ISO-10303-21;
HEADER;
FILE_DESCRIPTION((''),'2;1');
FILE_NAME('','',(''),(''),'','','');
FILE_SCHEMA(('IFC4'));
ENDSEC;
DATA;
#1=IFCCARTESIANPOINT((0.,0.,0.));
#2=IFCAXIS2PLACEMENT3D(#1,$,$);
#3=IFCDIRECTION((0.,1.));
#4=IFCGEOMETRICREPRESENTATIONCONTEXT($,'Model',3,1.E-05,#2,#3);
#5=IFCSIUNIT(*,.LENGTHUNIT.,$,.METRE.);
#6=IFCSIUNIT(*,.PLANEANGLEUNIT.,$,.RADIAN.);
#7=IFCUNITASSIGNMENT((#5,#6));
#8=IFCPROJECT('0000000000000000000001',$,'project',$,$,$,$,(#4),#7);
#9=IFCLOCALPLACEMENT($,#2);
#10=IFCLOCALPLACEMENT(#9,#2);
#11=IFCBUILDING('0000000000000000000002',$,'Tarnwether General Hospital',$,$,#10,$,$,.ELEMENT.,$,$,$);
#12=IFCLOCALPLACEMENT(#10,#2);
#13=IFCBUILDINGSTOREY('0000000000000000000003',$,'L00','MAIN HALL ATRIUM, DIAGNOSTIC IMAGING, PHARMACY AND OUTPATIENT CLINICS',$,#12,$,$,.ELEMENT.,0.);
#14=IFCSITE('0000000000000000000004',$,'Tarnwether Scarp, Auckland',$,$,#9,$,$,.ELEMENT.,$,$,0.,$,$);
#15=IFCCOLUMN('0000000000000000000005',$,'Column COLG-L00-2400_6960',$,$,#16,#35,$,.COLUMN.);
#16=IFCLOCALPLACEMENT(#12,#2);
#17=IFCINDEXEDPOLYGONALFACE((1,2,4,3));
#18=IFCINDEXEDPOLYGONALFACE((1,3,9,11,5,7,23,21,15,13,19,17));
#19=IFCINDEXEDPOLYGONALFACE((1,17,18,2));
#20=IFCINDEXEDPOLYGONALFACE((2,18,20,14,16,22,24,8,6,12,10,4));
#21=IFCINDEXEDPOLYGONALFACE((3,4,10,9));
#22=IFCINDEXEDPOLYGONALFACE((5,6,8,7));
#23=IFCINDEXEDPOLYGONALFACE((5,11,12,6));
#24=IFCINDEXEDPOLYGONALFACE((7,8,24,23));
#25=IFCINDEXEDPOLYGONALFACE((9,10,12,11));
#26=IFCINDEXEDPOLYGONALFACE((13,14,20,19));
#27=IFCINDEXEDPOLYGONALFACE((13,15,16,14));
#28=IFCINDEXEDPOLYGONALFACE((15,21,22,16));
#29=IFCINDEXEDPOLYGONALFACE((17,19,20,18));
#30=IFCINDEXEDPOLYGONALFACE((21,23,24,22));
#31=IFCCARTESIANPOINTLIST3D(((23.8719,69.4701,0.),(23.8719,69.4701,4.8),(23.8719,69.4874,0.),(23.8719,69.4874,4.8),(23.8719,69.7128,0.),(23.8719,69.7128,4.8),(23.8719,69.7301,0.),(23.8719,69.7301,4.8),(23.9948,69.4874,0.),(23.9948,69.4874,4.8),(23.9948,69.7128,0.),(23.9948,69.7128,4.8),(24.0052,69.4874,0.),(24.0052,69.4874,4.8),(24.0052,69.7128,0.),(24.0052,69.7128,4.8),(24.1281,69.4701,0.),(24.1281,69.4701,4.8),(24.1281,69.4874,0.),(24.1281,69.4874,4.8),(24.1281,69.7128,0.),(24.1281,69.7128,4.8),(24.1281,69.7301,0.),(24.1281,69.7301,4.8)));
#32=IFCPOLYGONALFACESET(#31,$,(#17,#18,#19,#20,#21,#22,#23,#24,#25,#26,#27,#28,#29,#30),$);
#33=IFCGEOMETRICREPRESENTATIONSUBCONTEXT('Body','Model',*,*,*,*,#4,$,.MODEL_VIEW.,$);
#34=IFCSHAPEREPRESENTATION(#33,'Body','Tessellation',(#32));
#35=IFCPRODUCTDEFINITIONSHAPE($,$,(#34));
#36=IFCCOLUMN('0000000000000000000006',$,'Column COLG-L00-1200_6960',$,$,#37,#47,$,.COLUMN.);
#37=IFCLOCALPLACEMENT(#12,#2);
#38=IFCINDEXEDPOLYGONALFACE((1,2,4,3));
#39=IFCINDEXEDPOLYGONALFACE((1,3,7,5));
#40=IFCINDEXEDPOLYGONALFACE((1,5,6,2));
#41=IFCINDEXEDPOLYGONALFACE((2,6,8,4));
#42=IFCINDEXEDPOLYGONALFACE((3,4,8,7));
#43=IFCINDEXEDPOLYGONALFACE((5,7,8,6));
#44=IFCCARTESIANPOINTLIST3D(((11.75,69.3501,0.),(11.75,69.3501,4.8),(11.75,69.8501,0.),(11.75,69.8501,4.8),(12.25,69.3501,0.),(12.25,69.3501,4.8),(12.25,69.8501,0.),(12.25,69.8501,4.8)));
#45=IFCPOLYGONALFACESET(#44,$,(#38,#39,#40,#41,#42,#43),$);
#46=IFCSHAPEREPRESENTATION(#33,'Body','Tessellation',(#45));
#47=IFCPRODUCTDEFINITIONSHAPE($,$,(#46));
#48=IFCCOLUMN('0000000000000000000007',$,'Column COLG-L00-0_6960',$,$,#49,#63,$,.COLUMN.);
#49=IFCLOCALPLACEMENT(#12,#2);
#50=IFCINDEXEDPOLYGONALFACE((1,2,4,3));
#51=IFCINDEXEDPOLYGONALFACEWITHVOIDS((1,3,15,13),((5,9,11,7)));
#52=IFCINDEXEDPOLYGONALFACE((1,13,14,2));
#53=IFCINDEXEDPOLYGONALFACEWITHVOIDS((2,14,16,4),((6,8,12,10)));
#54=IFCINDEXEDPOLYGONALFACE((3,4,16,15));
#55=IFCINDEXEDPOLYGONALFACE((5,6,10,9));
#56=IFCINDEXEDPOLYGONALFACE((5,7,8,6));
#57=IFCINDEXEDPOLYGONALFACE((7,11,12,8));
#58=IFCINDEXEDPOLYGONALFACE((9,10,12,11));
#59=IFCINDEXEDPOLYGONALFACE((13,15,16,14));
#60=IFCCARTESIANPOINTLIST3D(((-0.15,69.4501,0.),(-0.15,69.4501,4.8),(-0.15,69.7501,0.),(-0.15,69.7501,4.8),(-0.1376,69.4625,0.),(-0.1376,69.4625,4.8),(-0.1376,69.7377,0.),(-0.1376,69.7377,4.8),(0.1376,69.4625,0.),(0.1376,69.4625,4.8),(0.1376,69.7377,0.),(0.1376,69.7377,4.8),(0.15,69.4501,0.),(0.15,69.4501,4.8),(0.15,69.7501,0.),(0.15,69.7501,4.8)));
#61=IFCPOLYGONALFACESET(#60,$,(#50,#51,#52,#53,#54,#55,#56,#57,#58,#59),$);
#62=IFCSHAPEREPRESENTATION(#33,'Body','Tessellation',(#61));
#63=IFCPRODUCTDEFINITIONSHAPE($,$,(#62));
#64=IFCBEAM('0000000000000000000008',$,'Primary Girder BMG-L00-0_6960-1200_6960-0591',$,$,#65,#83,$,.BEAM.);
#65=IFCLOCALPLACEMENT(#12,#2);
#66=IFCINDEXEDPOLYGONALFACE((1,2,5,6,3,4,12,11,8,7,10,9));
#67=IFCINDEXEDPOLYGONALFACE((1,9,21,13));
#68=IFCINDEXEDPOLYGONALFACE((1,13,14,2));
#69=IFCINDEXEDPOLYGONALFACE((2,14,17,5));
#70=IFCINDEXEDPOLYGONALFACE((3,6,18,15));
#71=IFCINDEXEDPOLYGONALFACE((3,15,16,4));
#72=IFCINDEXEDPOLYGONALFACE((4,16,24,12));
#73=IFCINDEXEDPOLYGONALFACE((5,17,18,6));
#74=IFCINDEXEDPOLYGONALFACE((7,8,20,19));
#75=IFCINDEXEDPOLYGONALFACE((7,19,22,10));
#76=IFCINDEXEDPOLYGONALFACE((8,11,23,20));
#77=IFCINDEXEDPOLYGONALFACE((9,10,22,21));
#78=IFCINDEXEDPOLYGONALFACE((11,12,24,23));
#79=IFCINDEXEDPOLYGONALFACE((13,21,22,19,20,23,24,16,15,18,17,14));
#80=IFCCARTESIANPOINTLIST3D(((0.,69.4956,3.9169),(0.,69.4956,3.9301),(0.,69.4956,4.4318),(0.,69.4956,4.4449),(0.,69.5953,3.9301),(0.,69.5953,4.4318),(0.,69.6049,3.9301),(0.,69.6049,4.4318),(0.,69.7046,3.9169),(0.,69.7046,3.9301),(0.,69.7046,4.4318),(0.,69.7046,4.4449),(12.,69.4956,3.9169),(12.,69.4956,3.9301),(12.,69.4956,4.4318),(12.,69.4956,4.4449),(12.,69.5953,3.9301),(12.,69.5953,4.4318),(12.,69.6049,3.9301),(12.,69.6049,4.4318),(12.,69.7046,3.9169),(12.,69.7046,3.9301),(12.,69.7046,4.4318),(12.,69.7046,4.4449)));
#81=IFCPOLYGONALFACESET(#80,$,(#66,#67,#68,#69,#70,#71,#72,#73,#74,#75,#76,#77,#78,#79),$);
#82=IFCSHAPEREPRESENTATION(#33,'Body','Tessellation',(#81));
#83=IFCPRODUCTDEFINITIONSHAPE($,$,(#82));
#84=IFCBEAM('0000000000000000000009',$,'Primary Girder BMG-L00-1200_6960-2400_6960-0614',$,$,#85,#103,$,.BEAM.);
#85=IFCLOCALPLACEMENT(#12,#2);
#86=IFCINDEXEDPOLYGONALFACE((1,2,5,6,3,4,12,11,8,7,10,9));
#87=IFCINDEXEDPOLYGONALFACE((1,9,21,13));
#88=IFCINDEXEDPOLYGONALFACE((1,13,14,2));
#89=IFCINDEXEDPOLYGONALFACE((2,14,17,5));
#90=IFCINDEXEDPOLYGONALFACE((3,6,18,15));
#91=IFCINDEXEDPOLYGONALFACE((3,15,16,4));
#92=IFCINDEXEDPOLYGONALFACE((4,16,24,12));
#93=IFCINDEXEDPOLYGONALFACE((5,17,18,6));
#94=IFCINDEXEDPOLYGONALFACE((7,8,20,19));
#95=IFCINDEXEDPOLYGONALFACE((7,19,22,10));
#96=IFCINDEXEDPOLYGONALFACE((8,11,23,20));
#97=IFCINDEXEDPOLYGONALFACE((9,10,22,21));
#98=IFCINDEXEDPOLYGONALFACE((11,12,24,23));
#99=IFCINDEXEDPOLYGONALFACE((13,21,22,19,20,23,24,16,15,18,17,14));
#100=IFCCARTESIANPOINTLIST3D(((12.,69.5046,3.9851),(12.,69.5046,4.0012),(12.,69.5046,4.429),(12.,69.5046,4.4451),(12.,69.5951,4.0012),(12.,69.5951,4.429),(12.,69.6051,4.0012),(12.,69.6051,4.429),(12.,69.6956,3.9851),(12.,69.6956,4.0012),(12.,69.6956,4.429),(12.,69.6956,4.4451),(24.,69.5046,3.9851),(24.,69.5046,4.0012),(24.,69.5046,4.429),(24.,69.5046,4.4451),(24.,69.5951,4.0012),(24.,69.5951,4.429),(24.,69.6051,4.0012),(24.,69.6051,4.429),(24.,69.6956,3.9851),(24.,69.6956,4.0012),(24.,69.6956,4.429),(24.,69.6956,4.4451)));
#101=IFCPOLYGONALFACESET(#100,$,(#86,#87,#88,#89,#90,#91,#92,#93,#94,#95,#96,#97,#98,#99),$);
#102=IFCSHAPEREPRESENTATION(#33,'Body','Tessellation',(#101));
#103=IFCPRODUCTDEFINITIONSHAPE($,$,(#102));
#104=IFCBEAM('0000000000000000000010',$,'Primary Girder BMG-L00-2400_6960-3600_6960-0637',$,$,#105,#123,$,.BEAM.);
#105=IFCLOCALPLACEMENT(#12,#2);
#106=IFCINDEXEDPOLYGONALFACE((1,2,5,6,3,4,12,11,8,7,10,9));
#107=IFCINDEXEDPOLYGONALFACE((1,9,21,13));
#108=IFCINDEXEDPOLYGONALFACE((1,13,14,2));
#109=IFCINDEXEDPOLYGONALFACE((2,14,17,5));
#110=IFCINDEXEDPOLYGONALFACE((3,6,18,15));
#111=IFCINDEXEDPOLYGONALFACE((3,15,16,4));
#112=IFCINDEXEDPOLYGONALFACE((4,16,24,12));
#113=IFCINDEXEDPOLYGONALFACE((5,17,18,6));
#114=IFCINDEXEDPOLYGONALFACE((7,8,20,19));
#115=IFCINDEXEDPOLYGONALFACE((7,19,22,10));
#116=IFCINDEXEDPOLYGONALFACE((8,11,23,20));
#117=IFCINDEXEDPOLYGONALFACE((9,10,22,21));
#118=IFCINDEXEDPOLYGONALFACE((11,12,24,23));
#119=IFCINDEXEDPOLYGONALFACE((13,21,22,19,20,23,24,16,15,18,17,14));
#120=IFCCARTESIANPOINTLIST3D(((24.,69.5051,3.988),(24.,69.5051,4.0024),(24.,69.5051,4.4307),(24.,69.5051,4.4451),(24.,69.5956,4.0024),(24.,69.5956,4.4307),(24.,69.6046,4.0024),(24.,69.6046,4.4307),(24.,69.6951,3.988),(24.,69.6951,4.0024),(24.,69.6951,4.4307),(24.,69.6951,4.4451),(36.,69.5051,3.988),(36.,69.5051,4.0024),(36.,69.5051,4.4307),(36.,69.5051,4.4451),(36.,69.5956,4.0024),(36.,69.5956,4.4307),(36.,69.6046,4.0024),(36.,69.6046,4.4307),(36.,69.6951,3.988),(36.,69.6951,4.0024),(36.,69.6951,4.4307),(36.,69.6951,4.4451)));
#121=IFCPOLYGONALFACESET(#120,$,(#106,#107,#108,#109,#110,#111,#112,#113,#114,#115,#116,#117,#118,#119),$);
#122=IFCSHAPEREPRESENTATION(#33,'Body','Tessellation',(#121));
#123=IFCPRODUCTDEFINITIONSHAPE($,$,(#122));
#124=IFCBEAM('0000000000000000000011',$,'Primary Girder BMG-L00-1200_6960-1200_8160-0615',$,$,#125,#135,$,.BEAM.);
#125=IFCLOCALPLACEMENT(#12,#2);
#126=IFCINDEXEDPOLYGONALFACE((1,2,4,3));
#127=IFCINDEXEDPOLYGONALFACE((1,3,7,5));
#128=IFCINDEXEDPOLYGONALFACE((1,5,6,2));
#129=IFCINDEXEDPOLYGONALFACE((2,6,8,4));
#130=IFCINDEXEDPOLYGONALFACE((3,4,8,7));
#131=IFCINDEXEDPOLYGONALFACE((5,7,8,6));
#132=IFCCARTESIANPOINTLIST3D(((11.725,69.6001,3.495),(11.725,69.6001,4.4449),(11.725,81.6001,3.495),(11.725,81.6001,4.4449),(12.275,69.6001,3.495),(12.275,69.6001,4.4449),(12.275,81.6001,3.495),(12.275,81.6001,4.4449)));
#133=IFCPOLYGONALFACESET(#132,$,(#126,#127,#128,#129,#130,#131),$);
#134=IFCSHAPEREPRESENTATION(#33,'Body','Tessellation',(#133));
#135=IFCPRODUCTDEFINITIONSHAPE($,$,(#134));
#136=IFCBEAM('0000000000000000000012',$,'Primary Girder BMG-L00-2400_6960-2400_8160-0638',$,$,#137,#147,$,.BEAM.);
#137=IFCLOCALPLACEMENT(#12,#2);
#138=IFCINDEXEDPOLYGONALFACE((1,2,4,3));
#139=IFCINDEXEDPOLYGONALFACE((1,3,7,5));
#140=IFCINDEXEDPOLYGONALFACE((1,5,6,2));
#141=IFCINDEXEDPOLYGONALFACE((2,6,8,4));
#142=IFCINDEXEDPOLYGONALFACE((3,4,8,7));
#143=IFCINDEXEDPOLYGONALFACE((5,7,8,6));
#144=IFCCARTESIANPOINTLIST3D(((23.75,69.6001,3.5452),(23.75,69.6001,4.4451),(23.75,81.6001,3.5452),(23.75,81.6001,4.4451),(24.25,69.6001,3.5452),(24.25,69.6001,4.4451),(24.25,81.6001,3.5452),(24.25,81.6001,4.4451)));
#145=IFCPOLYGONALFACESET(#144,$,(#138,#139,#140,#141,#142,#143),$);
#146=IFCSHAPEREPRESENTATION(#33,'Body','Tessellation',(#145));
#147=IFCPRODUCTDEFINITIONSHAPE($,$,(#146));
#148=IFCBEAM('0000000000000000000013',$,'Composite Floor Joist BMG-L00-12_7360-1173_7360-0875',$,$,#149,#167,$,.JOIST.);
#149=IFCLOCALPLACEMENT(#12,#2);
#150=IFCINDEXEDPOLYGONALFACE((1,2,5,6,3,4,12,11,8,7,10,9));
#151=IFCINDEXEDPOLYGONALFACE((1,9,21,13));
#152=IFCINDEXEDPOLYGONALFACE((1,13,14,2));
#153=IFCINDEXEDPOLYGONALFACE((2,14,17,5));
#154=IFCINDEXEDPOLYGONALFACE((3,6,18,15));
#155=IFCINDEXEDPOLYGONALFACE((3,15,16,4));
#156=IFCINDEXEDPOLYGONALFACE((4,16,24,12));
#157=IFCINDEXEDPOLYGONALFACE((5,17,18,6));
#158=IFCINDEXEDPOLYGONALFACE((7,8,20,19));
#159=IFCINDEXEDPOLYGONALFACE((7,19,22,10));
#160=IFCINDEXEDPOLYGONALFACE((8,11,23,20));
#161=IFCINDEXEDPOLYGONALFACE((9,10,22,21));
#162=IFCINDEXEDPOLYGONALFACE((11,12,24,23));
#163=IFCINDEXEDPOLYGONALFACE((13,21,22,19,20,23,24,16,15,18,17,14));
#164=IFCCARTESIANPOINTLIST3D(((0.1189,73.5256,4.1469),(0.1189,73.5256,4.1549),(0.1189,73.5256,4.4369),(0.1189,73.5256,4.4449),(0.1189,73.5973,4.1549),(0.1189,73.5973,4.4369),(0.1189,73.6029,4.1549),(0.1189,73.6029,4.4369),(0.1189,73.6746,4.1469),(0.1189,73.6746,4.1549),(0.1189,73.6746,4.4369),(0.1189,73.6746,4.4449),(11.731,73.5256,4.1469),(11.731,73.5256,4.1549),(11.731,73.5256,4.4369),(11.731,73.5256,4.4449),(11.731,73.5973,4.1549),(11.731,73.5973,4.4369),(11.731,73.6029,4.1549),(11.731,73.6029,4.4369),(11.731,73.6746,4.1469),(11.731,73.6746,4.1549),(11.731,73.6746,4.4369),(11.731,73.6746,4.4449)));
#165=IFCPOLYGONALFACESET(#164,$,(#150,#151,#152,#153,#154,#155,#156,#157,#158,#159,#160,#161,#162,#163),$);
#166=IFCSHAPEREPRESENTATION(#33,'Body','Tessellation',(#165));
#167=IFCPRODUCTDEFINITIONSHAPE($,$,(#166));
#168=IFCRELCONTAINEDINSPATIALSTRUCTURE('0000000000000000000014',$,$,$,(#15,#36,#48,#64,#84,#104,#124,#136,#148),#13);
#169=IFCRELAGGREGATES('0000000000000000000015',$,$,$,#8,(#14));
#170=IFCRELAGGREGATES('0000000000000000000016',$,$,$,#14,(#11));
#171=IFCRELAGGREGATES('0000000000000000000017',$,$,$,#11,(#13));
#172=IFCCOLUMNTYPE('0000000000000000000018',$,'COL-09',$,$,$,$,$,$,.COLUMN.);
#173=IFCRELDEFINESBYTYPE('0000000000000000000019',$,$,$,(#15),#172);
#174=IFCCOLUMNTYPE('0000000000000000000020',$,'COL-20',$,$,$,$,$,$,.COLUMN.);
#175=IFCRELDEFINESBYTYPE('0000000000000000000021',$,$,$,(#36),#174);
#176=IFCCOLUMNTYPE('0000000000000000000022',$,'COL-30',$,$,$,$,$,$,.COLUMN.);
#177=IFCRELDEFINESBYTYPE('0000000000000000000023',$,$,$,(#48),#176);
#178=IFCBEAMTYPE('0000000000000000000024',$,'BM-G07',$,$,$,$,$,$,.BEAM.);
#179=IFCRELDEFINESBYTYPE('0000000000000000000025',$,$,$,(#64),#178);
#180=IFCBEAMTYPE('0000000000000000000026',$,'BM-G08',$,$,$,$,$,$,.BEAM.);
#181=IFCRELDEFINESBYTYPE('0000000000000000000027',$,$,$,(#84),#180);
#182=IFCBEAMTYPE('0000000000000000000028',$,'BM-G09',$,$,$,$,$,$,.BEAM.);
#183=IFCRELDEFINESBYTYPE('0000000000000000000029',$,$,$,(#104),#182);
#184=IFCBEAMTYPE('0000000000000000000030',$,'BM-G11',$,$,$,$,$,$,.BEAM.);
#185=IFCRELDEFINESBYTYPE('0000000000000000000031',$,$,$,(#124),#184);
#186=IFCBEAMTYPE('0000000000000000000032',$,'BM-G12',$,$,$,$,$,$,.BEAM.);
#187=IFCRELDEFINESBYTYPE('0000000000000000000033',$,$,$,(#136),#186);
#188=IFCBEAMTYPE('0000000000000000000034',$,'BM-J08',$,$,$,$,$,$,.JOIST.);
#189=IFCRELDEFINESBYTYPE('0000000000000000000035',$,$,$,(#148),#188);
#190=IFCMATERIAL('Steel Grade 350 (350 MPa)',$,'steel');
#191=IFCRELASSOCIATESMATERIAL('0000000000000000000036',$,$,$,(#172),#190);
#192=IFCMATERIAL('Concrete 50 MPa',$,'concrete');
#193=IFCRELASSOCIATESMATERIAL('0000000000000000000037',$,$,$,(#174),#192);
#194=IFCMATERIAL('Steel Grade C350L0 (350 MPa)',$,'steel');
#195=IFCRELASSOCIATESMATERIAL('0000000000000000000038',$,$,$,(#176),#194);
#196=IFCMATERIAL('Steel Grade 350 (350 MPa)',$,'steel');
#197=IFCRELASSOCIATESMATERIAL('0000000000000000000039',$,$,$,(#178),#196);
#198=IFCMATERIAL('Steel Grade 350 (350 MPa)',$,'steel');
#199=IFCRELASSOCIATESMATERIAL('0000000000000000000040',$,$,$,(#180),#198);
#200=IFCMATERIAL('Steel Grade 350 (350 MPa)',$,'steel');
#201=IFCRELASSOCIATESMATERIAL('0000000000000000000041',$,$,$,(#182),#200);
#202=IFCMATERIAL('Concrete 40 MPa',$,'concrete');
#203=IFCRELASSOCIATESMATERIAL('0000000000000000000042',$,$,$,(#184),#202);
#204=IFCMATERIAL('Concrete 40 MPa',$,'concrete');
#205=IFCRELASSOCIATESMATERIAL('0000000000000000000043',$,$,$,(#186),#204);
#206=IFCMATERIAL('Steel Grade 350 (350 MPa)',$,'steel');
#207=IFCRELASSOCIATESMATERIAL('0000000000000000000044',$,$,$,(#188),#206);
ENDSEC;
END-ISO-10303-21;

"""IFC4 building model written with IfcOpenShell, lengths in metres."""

from ifc_helpers import new_model, si_unit, direction, frame, origin, origin_2d, place, context, subcontext, project, spatial, rectangle, hollow_rectangle, i_section, extrude, material, material_profile, profile_set, type_object, element, save


model = new_model("IFC4")

# Units and contexts
model_context = context("Model", 3, precision=1e-05, world=origin(), true_north=direction((0.0, 1.0)))
body_context = subcontext(model_context, "Body", "Model", "MODEL_VIEW")
ifc_project = project(units=[si_unit("LENGTHUNIT", "METRE"), si_unit("PLANEANGLEUNIT", "RADIAN")], contexts=[model_context])

# Site, building, storey
site_placement = place(None, origin())
site = spatial("IfcSite", under=ifc_project, at=site_placement, Name="Tarnwether Scarp, Auckland", CompositionType="ELEMENT", RefElevation=0.0)
building_placement = place(site_placement, origin())
building = spatial("IfcBuilding", under=site, at=building_placement, Name="Tarnwether General Hospital", CompositionType="ELEMENT")
storey_placement = place(building_placement, origin())
storey = spatial("IfcBuildingStorey", under=building, at=storey_placement, Name="L00", Description="MAIN HALL ATRIUM, DIAGNOSTIC IMAGING, PHARMACY AND OUTPATIENT CLINICS", CompositionType="ELEMENT", Elevation=0.0)

# Columns
ifc_material_1 = material(Name="Steel Grade 350 (350 MPa)", Category="steel")
ifc_material_profile_1 = material_profile(ifc_material_1, i_section(OverallWidth=0.2561, OverallDepth=0.26, WebThickness=0.0105, FlangeThickness=0.0173, at=origin_2d()), Name="250UC89.5")
ifc_profile_set_1 = profile_set([ifc_material_profile_1], Name="Steel Grade 350 (350 MPa)")
column_type_1 = type_object("IfcColumnType", Name="COL-09", PredefinedType="COLUMN", material=ifc_profile_set_1)
column_1_placement = place(storey_placement, frame((24.0, 69.6001, 0.0), z_axis=(0.0, 0.0, 1.0), x_axis=(1.0, 0.0, 0.0)))
element("IfcColumn", 1, at=column_1_placement, inside=storey, type_object=column_type_1, Name="Column COLG-L00-2400_6960", PredefinedType="COLUMN", context=body_context, shape_type="SweptSolid", body=[
    extrude(i_section(OverallWidth=0.2561, OverallDepth=0.26, WebThickness=0.0105, FlangeThickness=0.0173, at=origin_2d()), origin(), (0.0, 0.0, 1.0), 4.8),
])
ifc_material_2 = material(Name="Concrete 50 MPa", Category="concrete")
ifc_material_profile_2 = material_profile(ifc_material_2, rectangle(XDim=0.5, YDim=0.5, at=origin_2d()), Name="RC-COL-500x500")
ifc_profile_set_2 = profile_set([ifc_material_profile_2], Name="Concrete 50 MPa")
column_type_2 = type_object("IfcColumnType", Name="COL-20", PredefinedType="COLUMN", material=ifc_profile_set_2)
column_2_placement = place(storey_placement, frame((12.0, 69.6001, 0.0), z_axis=(0.0, 0.0, 1.0), x_axis=(0.0, 1.0, 0.0)))
element("IfcColumn", 2, at=column_2_placement, inside=storey, type_object=column_type_2, Name="Column COLG-L00-1200_6960", PredefinedType="COLUMN", context=body_context, shape_type="SweptSolid", body=[
    extrude(rectangle(XDim=0.5, YDim=0.5, at=origin_2d()), origin(), (0.0, 0.0, 1.0), 4.8),
])
ifc_material_3 = material(Name="Steel Grade C350L0 (350 MPa)", Category="steel")
ifc_material_profile_3 = material_profile(ifc_material_3, hollow_rectangle(XDim=0.3, YDim=0.3, WallThickness=0.0125, at=origin_2d()), Name="SHS300x300x12.5")
ifc_profile_set_3 = profile_set([ifc_material_profile_3], Name="Steel Grade C350L0 (350 MPa)")
column_type_3 = type_object("IfcColumnType", Name="COL-30", PredefinedType="COLUMN", material=ifc_profile_set_3)
column_3_placement = place(storey_placement, frame((0.0, 69.6001, 0.0), z_axis=(0.0, 0.0, 1.0), x_axis=(1.0, 0.0, 0.0)))
element("IfcColumn", 3, at=column_3_placement, inside=storey, type_object=column_type_3, Name="Column COLG-L00-0_6960", PredefinedType="COLUMN", context=body_context, shape_type="SweptSolid", body=[
    extrude(hollow_rectangle(XDim=0.3, YDim=0.3, WallThickness=0.0125, at=origin_2d()), origin(), (0.0, 0.0, 1.0), 4.8),
])

# Beams
ifc_material_4 = material(Name="Steel Grade 350 (350 MPa)", Category="steel")
ifc_material_profile_4 = material_profile(ifc_material_4, i_section(OverallWidth=0.209, OverallDepth=0.5281, WebThickness=0.0095, FlangeThickness=0.0132, at=origin_2d()), Name="530UB82.0")
ifc_profile_set_4 = profile_set([ifc_material_profile_4], Name="Steel Grade 350 (350 MPa)")
beam_type_1 = type_object("IfcBeamType", Name="BM-G07", PredefinedType="BEAM", material=ifc_profile_set_4)
beam_1_placement = place(storey_placement, frame((0.0, 69.6001, 4.1809), z_axis=(1.0, 0.0, 0.0), x_axis=(0.0, 1.0, 0.0)))
element("IfcBeam", 4, at=beam_1_placement, inside=storey, type_object=beam_type_1, Name="Primary Girder BMG-L00-0_6960-1200_6960-0591", PredefinedType="BEAM", context=body_context, shape_type="SweptSolid", body=[
    extrude(i_section(OverallWidth=0.209, OverallDepth=0.5281, WebThickness=0.0095, FlangeThickness=0.0132, at=origin_2d()), origin(), (0.0, 0.0, 1.0), 12.0),
])
ifc_material_5 = material(Name="Steel Grade 350 (350 MPa)", Category="steel")
ifc_material_profile_5 = material_profile(ifc_material_5, i_section(OverallWidth=0.1909, OverallDepth=0.46, WebThickness=0.01, FlangeThickness=0.0161, at=origin_2d()), Name="460UB82.1")
ifc_profile_set_5 = profile_set([ifc_material_profile_5], Name="Steel Grade 350 (350 MPa)")
beam_type_2 = type_object("IfcBeamType", Name="BM-G08", PredefinedType="BEAM", material=ifc_profile_set_5)
beam_2_placement = place(storey_placement, frame((12.0, 69.6001, 4.2151), z_axis=(1.0, 0.0, 0.0), x_axis=(0.0, 1.0, 0.0)))
element("IfcBeam", 5, at=beam_2_placement, inside=storey, type_object=beam_type_2, Name="Primary Girder BMG-L00-1200_6960-2400_6960-0614", PredefinedType="BEAM", context=body_context, shape_type="SweptSolid", body=[
    extrude(i_section(OverallWidth=0.1909, OverallDepth=0.46, WebThickness=0.01, FlangeThickness=0.0161, at=origin_2d()), origin(), (0.0, 0.0, 1.0), 12.0),
])
ifc_material_6 = material(Name="Steel Grade 350 (350 MPa)", Category="steel")
ifc_material_profile_6 = material_profile(ifc_material_6, i_section(OverallWidth=0.1899, OverallDepth=0.457, WebThickness=0.009, FlangeThickness=0.0144, at=origin_2d()), Name="460UB74.6")
ifc_profile_set_6 = profile_set([ifc_material_profile_6], Name="Steel Grade 350 (350 MPa)")
beam_type_3 = type_object("IfcBeamType", Name="BM-G09", PredefinedType="BEAM", material=ifc_profile_set_6)
beam_3_placement = place(storey_placement, frame((24.0, 69.6001, 4.2166), z_axis=(1.0, 0.0, 0.0), x_axis=(0.0, 1.0, 0.0)))
element("IfcBeam", 6, at=beam_3_placement, inside=storey, type_object=beam_type_3, Name="Primary Girder BMG-L00-2400_6960-3600_6960-0637", PredefinedType="BEAM", context=body_context, shape_type="SweptSolid", body=[
    extrude(i_section(OverallWidth=0.1899, OverallDepth=0.457, WebThickness=0.009, FlangeThickness=0.0144, at=origin_2d()), origin(), (0.0, 0.0, 1.0), 12.0),
])
ifc_material_7 = material(Name="Concrete 40 MPa", Category="concrete")
ifc_material_profile_7 = material_profile(ifc_material_7, rectangle(XDim=0.55, YDim=0.95, at=origin_2d()), Name="RC-BM-550x950")
ifc_profile_set_7 = profile_set([ifc_material_profile_7], Name="Concrete 40 MPa")
beam_type_4 = type_object("IfcBeamType", Name="BM-G11", PredefinedType="BEAM", material=ifc_profile_set_7)
beam_4_placement = place(storey_placement, frame((12.0, 69.6001, 3.97), z_axis=(0.0, 1.0, 0.0), x_axis=(-1.0, 0.0, 0.0)))
element("IfcBeam", 7, at=beam_4_placement, inside=storey, type_object=beam_type_4, Name="Primary Girder BMG-L00-1200_6960-1200_8160-0615", PredefinedType="BEAM", context=body_context, shape_type="SweptSolid", body=[
    extrude(rectangle(XDim=0.55, YDim=0.95, at=origin_2d()), origin(), (0.0, 0.0, 1.0), 12.0),
])
ifc_material_8 = material(Name="Concrete 40 MPa", Category="concrete")
ifc_material_profile_8 = material_profile(ifc_material_8, rectangle(XDim=0.5, YDim=0.8999, at=origin_2d()), Name="RC-BM-500x900")
ifc_profile_set_8 = profile_set([ifc_material_profile_8], Name="Concrete 40 MPa")
beam_type_5 = type_object("IfcBeamType", Name="BM-G12", PredefinedType="BEAM", material=ifc_profile_set_8)
beam_5_placement = place(storey_placement, frame((24.0, 69.6001, 3.9951), z_axis=(0.0, 1.0, 0.0), x_axis=(-1.0, 0.0, 0.0)))
element("IfcBeam", 8, at=beam_5_placement, inside=storey, type_object=beam_type_5, Name="Primary Girder BMG-L00-2400_6960-2400_8160-0638", PredefinedType="BEAM", context=body_context, shape_type="SweptSolid", body=[
    extrude(rectangle(XDim=0.5, YDim=0.8999, at=origin_2d()), origin(), (0.0, 0.0, 1.0), 12.0),
])
ifc_material_9 = material(Name="Steel Grade 350 (350 MPa)", Category="steel")
ifc_material_profile_9 = material_profile(ifc_material_9, i_section(OverallWidth=0.1489, OverallDepth=0.2981, WebThickness=0.0056, FlangeThickness=0.0081, at=origin_2d()), Name="310UB32.0")
ifc_profile_set_9 = profile_set([ifc_material_profile_9], Name="Steel Grade 350 (350 MPa)")
beam_type_6 = type_object("IfcBeamType", Name="BM-J08", PredefinedType="JOIST", material=ifc_profile_set_9)
beam_6_placement = place(storey_placement, frame((0.1189, 73.6001, 4.2959), z_axis=(1.0, 0.0, 0.0), x_axis=(0.0, 1.0, 0.0)))
element("IfcBeam", 9, at=beam_6_placement, inside=storey, type_object=beam_type_6, Name="Composite Floor Joist BMG-L00-12_7360-1173_7360-0875", PredefinedType="JOIST", context=body_context, shape_type="SweptSolid", body=[
    extrude(i_section(OverallWidth=0.1489, OverallDepth=0.2981, WebThickness=0.0056, FlangeThickness=0.0081, at=origin_2d()), origin(), (0.0, 0.0, 1.0), 11.6121),
])

save(model, "model.ifc")
